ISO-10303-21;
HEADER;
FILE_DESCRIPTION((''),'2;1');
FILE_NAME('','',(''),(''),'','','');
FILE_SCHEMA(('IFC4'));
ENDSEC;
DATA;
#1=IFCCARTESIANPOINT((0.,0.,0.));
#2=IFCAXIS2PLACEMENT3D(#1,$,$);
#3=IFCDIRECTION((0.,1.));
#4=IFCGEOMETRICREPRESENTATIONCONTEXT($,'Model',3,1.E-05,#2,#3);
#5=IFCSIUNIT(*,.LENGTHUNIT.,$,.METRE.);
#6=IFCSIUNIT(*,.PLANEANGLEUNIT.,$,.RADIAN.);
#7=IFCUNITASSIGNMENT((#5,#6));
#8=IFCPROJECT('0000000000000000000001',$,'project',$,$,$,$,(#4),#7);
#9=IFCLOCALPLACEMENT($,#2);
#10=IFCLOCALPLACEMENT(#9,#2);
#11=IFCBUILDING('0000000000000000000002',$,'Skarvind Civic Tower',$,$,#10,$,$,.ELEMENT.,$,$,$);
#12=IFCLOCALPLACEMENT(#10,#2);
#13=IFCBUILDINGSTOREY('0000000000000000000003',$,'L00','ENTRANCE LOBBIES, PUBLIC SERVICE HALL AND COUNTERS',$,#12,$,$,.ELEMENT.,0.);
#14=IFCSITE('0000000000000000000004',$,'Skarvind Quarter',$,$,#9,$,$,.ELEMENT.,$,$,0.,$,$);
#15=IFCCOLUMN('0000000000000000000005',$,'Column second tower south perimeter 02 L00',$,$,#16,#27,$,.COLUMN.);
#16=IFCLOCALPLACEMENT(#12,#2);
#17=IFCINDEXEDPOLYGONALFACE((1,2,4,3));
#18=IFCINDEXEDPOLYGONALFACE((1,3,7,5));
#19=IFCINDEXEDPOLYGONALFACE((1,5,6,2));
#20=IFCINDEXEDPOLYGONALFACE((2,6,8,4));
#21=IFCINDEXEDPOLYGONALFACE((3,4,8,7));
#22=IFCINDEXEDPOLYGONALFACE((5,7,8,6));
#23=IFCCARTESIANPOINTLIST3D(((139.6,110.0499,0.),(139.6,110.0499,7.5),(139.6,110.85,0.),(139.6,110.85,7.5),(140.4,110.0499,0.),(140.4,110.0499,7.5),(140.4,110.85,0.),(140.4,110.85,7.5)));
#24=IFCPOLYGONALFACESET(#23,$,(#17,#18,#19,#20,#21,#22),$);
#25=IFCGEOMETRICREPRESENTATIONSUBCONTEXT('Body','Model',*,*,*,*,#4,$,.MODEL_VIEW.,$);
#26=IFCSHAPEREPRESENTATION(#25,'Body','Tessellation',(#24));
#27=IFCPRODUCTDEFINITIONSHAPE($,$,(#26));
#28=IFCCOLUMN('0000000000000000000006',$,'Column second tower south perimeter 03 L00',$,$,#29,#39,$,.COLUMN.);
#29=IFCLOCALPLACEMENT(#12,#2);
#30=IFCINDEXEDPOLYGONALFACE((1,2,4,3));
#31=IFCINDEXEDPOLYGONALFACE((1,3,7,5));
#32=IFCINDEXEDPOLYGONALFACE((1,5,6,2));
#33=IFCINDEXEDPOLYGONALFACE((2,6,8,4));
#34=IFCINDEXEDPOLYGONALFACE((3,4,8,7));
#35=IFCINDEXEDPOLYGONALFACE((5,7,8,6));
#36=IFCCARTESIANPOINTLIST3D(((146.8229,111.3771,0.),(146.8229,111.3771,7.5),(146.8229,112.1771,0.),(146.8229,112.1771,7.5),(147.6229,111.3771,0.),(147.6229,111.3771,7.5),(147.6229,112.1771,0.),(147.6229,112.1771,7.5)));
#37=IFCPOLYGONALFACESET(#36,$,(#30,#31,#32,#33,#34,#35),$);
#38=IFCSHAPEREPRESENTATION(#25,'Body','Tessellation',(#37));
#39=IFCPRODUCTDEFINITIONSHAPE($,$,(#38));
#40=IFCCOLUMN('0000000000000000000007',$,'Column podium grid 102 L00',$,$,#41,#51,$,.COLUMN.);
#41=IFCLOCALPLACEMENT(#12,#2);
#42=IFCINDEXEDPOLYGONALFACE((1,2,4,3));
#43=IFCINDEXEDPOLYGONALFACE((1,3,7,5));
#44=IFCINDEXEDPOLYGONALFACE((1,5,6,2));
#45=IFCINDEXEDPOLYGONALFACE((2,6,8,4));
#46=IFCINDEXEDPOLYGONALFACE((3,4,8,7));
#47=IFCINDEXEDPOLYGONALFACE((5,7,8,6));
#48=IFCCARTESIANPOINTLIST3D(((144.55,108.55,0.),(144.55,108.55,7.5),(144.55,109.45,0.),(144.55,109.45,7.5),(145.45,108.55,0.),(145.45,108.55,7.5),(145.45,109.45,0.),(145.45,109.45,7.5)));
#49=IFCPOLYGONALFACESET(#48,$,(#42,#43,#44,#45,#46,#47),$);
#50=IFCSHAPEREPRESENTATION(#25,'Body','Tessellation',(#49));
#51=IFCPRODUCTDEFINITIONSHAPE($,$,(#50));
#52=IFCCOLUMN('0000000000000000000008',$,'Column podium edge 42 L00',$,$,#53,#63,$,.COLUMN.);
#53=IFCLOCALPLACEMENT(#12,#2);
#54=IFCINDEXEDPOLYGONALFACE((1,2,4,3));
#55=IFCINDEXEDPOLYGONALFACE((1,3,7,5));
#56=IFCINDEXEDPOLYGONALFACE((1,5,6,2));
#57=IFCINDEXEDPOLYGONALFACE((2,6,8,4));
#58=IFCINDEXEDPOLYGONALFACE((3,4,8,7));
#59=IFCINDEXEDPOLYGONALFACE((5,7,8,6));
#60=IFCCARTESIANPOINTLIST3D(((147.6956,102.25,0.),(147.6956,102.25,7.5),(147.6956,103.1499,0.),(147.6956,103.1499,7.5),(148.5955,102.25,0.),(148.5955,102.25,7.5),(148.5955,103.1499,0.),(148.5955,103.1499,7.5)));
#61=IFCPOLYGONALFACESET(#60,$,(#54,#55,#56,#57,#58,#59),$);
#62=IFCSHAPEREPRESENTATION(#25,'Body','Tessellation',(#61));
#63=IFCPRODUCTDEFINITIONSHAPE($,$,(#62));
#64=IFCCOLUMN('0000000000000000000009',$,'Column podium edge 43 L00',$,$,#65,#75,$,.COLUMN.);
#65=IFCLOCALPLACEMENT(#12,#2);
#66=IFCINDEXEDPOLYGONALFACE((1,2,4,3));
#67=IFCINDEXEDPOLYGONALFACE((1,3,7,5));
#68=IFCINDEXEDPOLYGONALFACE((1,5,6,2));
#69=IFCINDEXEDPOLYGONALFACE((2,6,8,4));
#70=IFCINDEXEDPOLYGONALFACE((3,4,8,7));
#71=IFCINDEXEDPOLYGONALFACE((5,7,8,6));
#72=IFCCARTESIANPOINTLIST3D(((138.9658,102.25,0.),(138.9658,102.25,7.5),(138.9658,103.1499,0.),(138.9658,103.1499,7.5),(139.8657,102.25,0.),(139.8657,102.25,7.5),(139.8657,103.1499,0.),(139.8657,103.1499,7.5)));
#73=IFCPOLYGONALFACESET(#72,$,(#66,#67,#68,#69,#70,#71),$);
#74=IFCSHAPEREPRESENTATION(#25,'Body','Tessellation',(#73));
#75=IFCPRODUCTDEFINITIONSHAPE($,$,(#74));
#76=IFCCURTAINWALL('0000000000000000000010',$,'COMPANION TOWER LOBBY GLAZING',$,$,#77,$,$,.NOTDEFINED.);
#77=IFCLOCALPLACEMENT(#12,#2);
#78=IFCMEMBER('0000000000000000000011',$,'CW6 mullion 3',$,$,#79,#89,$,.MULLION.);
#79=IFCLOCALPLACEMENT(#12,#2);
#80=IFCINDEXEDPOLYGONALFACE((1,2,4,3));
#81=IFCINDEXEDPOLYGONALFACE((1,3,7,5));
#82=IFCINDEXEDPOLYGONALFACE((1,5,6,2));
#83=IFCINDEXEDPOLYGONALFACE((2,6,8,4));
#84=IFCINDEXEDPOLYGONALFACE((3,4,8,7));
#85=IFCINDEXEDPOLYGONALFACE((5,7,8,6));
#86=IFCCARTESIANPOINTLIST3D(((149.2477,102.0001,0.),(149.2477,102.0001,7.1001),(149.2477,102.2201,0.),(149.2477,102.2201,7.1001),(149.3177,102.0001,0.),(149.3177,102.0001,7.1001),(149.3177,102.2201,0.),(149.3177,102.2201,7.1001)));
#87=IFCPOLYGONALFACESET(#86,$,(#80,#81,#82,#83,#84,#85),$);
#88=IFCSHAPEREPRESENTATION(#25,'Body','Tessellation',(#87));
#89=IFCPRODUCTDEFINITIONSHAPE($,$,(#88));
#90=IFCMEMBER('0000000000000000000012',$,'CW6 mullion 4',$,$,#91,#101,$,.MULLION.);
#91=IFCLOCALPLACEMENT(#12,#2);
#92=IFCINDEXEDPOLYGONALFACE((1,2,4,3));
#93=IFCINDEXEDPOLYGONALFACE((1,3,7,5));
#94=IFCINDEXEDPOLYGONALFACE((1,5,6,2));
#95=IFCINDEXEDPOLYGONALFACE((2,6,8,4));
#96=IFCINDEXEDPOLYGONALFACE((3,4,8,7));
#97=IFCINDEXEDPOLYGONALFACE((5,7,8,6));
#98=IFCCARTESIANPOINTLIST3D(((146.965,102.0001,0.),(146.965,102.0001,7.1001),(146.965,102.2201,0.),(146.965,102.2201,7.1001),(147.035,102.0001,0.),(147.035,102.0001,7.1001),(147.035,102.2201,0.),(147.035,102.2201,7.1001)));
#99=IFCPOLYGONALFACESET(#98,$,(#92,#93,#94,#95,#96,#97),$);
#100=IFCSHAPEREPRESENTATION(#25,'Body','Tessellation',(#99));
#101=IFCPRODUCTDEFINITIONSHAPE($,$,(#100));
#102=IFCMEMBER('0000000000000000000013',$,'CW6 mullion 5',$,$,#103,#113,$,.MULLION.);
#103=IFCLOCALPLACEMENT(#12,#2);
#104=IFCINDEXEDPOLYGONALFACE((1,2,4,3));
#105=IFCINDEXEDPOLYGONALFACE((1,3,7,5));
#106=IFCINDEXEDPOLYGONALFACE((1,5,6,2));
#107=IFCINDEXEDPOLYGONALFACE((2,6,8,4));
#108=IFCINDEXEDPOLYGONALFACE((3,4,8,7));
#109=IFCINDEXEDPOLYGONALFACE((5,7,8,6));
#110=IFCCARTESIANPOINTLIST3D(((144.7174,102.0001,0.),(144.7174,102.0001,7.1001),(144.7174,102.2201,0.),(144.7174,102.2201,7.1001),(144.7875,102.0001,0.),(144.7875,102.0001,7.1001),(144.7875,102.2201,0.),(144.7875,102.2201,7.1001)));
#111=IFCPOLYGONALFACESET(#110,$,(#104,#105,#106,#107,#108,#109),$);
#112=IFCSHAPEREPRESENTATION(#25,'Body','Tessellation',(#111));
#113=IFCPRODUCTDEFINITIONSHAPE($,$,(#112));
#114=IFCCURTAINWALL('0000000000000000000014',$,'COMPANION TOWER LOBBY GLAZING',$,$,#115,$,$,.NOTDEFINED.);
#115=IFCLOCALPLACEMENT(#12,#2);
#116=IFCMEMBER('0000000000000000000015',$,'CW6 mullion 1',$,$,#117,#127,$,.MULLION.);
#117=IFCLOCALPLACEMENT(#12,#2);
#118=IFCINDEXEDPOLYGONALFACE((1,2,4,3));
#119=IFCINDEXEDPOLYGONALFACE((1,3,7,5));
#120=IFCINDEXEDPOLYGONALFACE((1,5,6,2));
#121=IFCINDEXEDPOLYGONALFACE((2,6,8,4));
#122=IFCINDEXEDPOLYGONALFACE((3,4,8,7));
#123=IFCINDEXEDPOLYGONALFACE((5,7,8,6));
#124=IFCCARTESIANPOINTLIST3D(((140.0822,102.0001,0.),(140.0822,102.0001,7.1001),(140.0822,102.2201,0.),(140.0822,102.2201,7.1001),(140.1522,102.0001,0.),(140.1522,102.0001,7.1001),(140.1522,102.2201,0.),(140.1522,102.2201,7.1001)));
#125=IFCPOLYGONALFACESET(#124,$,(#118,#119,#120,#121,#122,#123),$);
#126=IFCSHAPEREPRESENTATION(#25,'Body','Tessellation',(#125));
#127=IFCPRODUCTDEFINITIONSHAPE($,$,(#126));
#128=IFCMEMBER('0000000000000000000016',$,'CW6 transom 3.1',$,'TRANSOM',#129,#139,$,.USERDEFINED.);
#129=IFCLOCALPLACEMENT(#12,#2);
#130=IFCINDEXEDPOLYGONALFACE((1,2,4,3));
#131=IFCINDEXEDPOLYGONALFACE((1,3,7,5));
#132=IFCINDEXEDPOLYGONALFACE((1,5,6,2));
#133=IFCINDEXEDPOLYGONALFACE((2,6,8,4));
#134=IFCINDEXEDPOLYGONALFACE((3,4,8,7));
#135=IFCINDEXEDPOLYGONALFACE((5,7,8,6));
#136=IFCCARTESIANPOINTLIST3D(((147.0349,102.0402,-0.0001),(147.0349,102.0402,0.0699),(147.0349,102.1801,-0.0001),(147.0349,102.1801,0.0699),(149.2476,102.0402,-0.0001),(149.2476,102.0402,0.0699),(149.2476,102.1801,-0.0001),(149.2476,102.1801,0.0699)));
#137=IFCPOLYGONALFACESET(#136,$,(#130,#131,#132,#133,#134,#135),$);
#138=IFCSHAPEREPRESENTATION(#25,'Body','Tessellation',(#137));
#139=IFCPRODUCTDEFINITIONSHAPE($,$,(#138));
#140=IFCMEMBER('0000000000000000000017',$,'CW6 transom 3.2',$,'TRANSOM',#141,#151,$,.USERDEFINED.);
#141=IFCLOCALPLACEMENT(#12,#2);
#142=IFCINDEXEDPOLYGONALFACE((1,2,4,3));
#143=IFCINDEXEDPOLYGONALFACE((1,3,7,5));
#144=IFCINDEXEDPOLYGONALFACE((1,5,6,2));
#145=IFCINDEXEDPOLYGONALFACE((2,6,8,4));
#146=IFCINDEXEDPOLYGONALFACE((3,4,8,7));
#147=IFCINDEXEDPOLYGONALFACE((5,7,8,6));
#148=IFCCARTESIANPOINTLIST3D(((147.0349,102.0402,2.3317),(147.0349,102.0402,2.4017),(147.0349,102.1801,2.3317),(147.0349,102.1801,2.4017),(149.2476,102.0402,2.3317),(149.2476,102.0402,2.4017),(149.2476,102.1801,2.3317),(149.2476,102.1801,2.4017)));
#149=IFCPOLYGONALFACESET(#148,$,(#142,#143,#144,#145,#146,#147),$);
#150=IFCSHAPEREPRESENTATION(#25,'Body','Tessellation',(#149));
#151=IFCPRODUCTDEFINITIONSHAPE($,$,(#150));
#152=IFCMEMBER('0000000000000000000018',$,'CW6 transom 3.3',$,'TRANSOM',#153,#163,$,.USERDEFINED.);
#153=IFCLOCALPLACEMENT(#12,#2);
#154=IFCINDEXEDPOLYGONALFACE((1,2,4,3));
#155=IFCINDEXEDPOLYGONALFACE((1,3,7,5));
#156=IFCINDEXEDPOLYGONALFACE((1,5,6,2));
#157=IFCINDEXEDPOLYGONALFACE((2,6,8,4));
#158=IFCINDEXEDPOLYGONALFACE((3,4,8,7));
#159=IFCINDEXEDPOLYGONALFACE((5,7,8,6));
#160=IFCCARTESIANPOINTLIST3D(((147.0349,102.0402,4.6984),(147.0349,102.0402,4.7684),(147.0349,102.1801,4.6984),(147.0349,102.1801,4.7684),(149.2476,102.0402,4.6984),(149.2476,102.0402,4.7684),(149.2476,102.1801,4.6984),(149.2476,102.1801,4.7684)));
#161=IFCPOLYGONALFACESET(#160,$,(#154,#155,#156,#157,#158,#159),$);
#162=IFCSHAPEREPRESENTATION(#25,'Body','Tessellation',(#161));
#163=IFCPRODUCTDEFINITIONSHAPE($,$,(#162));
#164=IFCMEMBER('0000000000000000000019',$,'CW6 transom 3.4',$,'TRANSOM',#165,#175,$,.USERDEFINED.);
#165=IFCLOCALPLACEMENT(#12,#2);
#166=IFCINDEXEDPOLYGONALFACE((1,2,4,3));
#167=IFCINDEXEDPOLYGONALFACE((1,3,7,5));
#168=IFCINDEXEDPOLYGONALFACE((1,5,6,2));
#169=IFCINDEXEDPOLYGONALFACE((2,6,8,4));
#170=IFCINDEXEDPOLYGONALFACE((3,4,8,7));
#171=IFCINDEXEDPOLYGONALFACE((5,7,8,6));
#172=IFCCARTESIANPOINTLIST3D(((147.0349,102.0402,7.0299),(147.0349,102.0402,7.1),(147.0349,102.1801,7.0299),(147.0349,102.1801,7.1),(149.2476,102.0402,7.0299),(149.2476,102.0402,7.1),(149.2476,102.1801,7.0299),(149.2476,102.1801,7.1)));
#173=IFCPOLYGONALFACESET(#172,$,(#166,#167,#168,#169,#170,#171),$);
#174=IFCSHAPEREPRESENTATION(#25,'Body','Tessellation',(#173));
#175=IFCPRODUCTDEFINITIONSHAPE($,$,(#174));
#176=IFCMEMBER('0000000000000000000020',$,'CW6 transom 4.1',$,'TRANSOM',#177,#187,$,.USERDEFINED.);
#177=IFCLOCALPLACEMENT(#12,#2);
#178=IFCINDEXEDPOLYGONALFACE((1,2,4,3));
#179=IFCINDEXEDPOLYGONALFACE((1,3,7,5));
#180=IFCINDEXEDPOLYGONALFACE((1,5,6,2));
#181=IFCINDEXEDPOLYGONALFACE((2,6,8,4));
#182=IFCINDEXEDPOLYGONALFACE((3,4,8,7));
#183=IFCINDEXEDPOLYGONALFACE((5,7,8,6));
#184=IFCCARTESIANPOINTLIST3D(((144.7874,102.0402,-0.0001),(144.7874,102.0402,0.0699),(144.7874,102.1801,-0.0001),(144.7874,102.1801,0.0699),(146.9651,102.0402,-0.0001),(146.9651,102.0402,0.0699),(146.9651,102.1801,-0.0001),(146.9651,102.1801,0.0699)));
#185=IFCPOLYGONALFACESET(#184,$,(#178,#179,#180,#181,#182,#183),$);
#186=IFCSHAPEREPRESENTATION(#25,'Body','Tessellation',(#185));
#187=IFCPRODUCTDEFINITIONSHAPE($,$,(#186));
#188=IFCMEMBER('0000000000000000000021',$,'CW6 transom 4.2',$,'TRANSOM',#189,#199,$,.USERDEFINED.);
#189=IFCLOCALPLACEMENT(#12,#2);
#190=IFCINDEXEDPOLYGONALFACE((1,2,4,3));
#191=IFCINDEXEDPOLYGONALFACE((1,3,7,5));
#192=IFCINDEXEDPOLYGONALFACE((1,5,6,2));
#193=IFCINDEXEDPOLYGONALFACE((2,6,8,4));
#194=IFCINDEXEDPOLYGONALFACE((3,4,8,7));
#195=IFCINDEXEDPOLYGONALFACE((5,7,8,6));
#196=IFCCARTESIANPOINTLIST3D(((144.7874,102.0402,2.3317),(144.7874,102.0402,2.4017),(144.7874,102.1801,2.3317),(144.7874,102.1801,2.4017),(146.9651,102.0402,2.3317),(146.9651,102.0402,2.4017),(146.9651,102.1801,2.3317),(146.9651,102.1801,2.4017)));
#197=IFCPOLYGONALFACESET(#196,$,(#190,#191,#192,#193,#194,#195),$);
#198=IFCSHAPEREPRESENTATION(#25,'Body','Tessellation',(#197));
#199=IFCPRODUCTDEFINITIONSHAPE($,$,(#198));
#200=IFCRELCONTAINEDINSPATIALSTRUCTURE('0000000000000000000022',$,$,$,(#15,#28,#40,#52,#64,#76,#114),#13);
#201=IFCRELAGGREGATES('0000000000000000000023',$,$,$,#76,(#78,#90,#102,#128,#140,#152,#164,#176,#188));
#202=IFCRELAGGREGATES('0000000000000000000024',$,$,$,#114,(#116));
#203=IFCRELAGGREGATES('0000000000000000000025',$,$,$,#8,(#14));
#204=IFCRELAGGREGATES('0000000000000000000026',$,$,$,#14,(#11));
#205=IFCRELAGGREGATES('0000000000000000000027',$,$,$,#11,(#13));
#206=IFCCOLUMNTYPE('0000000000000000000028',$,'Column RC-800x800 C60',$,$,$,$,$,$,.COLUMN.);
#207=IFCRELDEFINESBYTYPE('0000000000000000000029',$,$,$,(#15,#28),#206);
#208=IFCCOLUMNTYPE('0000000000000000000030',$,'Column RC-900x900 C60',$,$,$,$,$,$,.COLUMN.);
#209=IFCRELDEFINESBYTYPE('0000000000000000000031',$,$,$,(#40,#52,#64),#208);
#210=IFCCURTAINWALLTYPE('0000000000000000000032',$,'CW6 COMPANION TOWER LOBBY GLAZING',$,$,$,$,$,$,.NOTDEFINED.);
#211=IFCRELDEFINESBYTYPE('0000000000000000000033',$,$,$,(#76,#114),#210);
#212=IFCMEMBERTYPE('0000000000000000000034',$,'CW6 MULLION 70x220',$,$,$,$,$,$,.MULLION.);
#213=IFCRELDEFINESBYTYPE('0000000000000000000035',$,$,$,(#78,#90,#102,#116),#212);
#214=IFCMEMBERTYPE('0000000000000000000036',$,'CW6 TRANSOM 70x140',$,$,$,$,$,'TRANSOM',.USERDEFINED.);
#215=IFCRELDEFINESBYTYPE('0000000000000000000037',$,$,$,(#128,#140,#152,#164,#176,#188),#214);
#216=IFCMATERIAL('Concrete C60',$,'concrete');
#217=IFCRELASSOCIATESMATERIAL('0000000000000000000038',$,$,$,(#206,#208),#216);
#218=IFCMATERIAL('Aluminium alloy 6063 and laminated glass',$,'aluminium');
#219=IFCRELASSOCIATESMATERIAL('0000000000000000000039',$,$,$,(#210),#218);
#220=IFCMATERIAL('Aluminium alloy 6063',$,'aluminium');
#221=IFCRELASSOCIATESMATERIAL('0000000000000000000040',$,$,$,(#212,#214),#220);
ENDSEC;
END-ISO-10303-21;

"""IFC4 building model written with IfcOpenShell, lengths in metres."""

from ifc_helpers import new_model, si_unit, direction, frame, origin, origin_2d, place, context, subcontext, project, spatial, rectangle, extrude, material, material_profile, profile_set, type_object, element, aggregate, save


model = new_model("IFC4")

# Units and contexts
model_context = context("Model", 3, precision=1e-05, world=origin(), true_north=direction((0.0, 1.0)))
body_context = subcontext(model_context, "Body", "Model", "MODEL_VIEW")
ifc_project = project(units=[si_unit("LENGTHUNIT", "METRE"), si_unit("PLANEANGLEUNIT", "RADIAN")], contexts=[model_context])

# Site, building, storey
site_placement = place(None, origin())
site = spatial("IfcSite", under=ifc_project, at=site_placement, Name="Skarvind Quarter", CompositionType="ELEMENT", RefElevation=0.0)
building_placement = place(site_placement, origin())
building = spatial("IfcBuilding", under=site, at=building_placement, Name="Skarvind Civic Tower", CompositionType="ELEMENT")
storey_placement = place(building_placement, origin())
storey = spatial("IfcBuildingStorey", under=building, at=storey_placement, Name="L00", Description="ENTRANCE LOBBIES, PUBLIC SERVICE HALL AND COUNTERS", CompositionType="ELEMENT", Elevation=0.0)

# Columns
ifc_material_1 = material(Name="Concrete C60", Category="concrete")
ifc_material_profile_1 = material_profile(ifc_material_1, rectangle(XDim=0.8, YDim=0.8, at=origin_2d()), Name="RC-800x800")
ifc_profile_set_1 = profile_set([ifc_material_profile_1], Name="Concrete C60")
column_type_1 = type_object("IfcColumnType", Name="Column RC-800x800 C60", PredefinedType="COLUMN", material=ifc_profile_set_1)
for number, where, z_axis, x_axis, name in (
    (1, (140.0, 110.45, 0.0), (0.0, 0.0, 1.0), (1.0, 0.0, 0.0), "Column second tower south perimeter 02 L00"),
    (2, (147.2229, 111.7771, 0.0), (0.0, 0.0, 1.0), (1.0, 0.0, 0.0), "Column second tower south perimeter 03 L00"),
):
    element("IfcColumn", number, at=place(storey_placement, frame(where, z_axis=z_axis, x_axis=x_axis)), inside=storey, type_object=column_type_1, Name=name, PredefinedType="COLUMN", context=body_context, shape_type="SweptSolid", body=[
        extrude(rectangle(XDim=0.8, YDim=0.8, at=origin_2d()), origin(), (0.0, 0.0, 1.0), 7.5),
    ])
ifc_material_profile_2 = material_profile(ifc_material_1, rectangle(XDim=0.8999, YDim=0.8999, at=origin_2d()), Name="RC-900x900")
ifc_profile_set_2 = profile_set([ifc_material_profile_2], Name="Concrete C60")
column_type_2 = type_object("IfcColumnType", Name="Column RC-900x900 C60", PredefinedType="COLUMN", material=ifc_profile_set_2)
for number, where, z_axis, x_axis, name in (
    (3, (145.0, 109.0, 0.0), (0.0, 0.0, 1.0), (1.0, 0.0, 0.0), "Column podium grid 102 L00"),
    (4, (148.1455, 102.7, 0.0), (0.0, 0.0, 1.0), (1.0, 0.0, 0.0), "Column podium edge 42 L00"),
    (5, (139.4158, 102.7, 0.0), (0.0, 0.0, 1.0), (1.0, 0.0, 0.0), "Column podium edge 43 L00"),
):
    element("IfcColumn", number, at=place(storey_placement, frame(where, z_axis=z_axis, x_axis=x_axis)), inside=storey, type_object=column_type_2, Name=name, PredefinedType="COLUMN", context=body_context, shape_type="SweptSolid", body=[
        extrude(rectangle(XDim=0.8999, YDim=0.8999, at=origin_2d()), origin(), (0.0, 0.0, 1.0), 7.5),
    ])

# Curtain wall, members
ifc_material_2 = material(Name="Aluminium alloy 6063 and laminated glass", Category="aluminium")
curtain_wall_type = type_object("IfcCurtainWallType", Name="CW6 COMPANION TOWER LOBBY GLAZING", PredefinedType="NOTDEFINED", material=ifc_material_2)
curtain_wall_1_placement = place(storey_placement, origin())
curtain_wall_1 = element("IfcCurtainWall", 6, at=curtain_wall_1_placement, inside=storey, type_object=curtain_wall_type, Name="COMPANION TOWER LOBBY GLAZING", PredefinedType="NOTDEFINED")
ifc_material_3 = material(Name="Aluminium alloy 6063", Category="aluminium")
ifc_material_profile_3 = material_profile(ifc_material_3, rectangle(XDim=0.22, YDim=0.0701, at=origin_2d()), Name="AL 70x220")
ifc_profile_set_3 = profile_set([ifc_material_profile_3], Name="Aluminium alloy 6063")
member_type_1 = type_object("IfcMemberType", Name="CW6 MULLION 70x220", PredefinedType="MULLION", material=ifc_profile_set_3)
member_1_placement = place(storey_placement, frame((149.2827, 102.1101, 0.0), z_axis=(0.0, 0.0, 1.0), x_axis=(0.0, -1.0, 0.0)))
member_1 = element("IfcMember", 7, at=member_1_placement, type_object=member_type_1, Name="CW6 mullion 3", PredefinedType="MULLION", context=body_context, shape_type="SweptSolid", body=[
    extrude(rectangle(XDim=0.22, YDim=0.0701, at=origin_2d()), origin(), (0.0, 0.0, 1.0), 7.1001),
])
member_2_placement = place(storey_placement, frame((147.0, 102.1101, 0.0), z_axis=(0.0, 0.0, 1.0), x_axis=(0.0, -1.0, 0.0)))
member_2 = element("IfcMember", 8, at=member_2_placement, type_object=member_type_1, Name="CW6 mullion 4", PredefinedType="MULLION", context=body_context, shape_type="SweptSolid", body=[
    extrude(rectangle(XDim=0.22, YDim=0.0701, at=origin_2d()), origin(), (0.0, 0.0, 1.0), 7.1001),
])
member_3_placement = place(storey_placement, frame((144.7524, 102.1101, 0.0), z_axis=(0.0, 0.0, 1.0), x_axis=(0.0, -1.0, 0.0)))
member_3 = element("IfcMember", 9, at=member_3_placement, type_object=member_type_1, Name="CW6 mullion 5", PredefinedType="MULLION", context=body_context, shape_type="SweptSolid", body=[
    extrude(rectangle(XDim=0.22, YDim=0.0701, at=origin_2d()), origin(), (0.0, 0.0, 1.0), 7.1001),
])

# Curtain wall, member
curtain_wall_2_placement = place(storey_placement, origin())
curtain_wall_2 = element("IfcCurtainWall", 10, at=curtain_wall_2_placement, inside=storey, type_object=curtain_wall_type, Name="COMPANION TOWER LOBBY GLAZING", PredefinedType="NOTDEFINED")
member_4_placement = place(storey_placement, frame((140.1172, 102.1101, 0.0), z_axis=(0.0, 0.0, 1.0), x_axis=(0.0, -1.0, 0.0)))
member_4 = element("IfcMember", 11, at=member_4_placement, type_object=member_type_1, Name="CW6 mullion 1", PredefinedType="MULLION", context=body_context, shape_type="SweptSolid", body=[
    extrude(rectangle(XDim=0.22, YDim=0.0701, at=origin_2d()), origin(), (0.0, 0.0, 1.0), 7.1001),
])

# Members
ifc_material_profile_4 = material_profile(ifc_material_3, rectangle(XDim=0.1399, YDim=0.0701, at=origin_2d()), Name="AL 70x140")
ifc_profile_set_4 = profile_set([ifc_material_profile_4], Name="Aluminium alloy 6063")
member_type_2 = type_object("IfcMemberType", Name="CW6 TRANSOM 70x140", ElementType="TRANSOM", PredefinedType="USERDEFINED", material=ifc_profile_set_4)
member_5_placement = place(storey_placement, frame((149.2476, 102.1101, 0.0349), z_axis=(-1.0, 0.0, 0.0), x_axis=(0.0, -1.0, 0.0)))
member_5 = element("IfcMember", 12, at=member_5_placement, type_object=member_type_2, Name="CW6 transom 3.1", ObjectType="TRANSOM", PredefinedType="USERDEFINED", context=body_context, shape_type="SweptSolid", body=[
    extrude(rectangle(XDim=0.1399, YDim=0.0701, at=origin_2d()), origin(), (0.0, 0.0, 1.0), 2.2126),
])
member_6_placement = place(storey_placement, frame((149.2476, 102.1101, 2.3667), z_axis=(-1.0, 0.0, 0.0), x_axis=(0.0, -1.0, 0.0)))
member_6 = element("IfcMember", 13, at=member_6_placement, type_object=member_type_2, Name="CW6 transom 3.2", ObjectType="TRANSOM", PredefinedType="USERDEFINED", context=body_context, shape_type="SweptSolid", body=[
    extrude(rectangle(XDim=0.1399, YDim=0.0701, at=origin_2d()), origin(), (0.0, 0.0, 1.0), 2.2126),
])
member_7_placement = place(storey_placement, frame((149.2476, 102.1101, 4.7334), z_axis=(-1.0, 0.0, 0.0), x_axis=(0.0, -1.0, 0.0)))
member_7 = element("IfcMember", 14, at=member_7_placement, type_object=member_type_2, Name="CW6 transom 3.3", ObjectType="TRANSOM", PredefinedType="USERDEFINED", context=body_context, shape_type="SweptSolid", body=[
    extrude(rectangle(XDim=0.1399, YDim=0.0701, at=origin_2d()), origin(), (0.0, 0.0, 1.0), 2.2126),
])
member_8_placement = place(storey_placement, frame((149.2476, 102.1101, 7.0649), z_axis=(-1.0, 0.0, 0.0), x_axis=(0.0, -1.0, 0.0)))
member_8 = element("IfcMember", 15, at=member_8_placement, type_object=member_type_2, Name="CW6 transom 3.4", ObjectType="TRANSOM", PredefinedType="USERDEFINED", context=body_context, shape_type="SweptSolid", body=[
    extrude(rectangle(XDim=0.1399, YDim=0.0701, at=origin_2d()), origin(), (0.0, 0.0, 1.0), 2.2126),
])
member_9_placement = place(storey_placement, frame((146.9651, 102.1101, 0.0349), z_axis=(-1.0, 0.0, 0.0), x_axis=(0.0, -1.0, 0.0)))
member_9 = element("IfcMember", 16, at=member_9_placement, type_object=member_type_2, Name="CW6 transom 4.1", ObjectType="TRANSOM", PredefinedType="USERDEFINED", context=body_context, shape_type="SweptSolid", body=[
    extrude(rectangle(XDim=0.1399, YDim=0.0701, at=origin_2d()), origin(), (0.0, 0.0, 1.0), 2.1777),
])
member_10_placement = place(storey_placement, frame((146.9651, 102.1101, 2.3667), z_axis=(-1.0, 0.0, 0.0), x_axis=(0.0, -1.0, 0.0)))
member_10 = element("IfcMember", 17, at=member_10_placement, type_object=member_type_2, Name="CW6 transom 4.2", ObjectType="TRANSOM", PredefinedType="USERDEFINED", context=body_context, shape_type="SweptSolid", body=[
    extrude(rectangle(XDim=0.1399, YDim=0.0701, at=origin_2d()), origin(), (0.0, 0.0, 1.0), 2.1777),
])

aggregate(curtain_wall_1, [member_1, member_2, member_3, member_5, member_6, member_7, member_8, member_9, member_10])
aggregate(curtain_wall_2, [member_4])

save(model, "model.ifc")
